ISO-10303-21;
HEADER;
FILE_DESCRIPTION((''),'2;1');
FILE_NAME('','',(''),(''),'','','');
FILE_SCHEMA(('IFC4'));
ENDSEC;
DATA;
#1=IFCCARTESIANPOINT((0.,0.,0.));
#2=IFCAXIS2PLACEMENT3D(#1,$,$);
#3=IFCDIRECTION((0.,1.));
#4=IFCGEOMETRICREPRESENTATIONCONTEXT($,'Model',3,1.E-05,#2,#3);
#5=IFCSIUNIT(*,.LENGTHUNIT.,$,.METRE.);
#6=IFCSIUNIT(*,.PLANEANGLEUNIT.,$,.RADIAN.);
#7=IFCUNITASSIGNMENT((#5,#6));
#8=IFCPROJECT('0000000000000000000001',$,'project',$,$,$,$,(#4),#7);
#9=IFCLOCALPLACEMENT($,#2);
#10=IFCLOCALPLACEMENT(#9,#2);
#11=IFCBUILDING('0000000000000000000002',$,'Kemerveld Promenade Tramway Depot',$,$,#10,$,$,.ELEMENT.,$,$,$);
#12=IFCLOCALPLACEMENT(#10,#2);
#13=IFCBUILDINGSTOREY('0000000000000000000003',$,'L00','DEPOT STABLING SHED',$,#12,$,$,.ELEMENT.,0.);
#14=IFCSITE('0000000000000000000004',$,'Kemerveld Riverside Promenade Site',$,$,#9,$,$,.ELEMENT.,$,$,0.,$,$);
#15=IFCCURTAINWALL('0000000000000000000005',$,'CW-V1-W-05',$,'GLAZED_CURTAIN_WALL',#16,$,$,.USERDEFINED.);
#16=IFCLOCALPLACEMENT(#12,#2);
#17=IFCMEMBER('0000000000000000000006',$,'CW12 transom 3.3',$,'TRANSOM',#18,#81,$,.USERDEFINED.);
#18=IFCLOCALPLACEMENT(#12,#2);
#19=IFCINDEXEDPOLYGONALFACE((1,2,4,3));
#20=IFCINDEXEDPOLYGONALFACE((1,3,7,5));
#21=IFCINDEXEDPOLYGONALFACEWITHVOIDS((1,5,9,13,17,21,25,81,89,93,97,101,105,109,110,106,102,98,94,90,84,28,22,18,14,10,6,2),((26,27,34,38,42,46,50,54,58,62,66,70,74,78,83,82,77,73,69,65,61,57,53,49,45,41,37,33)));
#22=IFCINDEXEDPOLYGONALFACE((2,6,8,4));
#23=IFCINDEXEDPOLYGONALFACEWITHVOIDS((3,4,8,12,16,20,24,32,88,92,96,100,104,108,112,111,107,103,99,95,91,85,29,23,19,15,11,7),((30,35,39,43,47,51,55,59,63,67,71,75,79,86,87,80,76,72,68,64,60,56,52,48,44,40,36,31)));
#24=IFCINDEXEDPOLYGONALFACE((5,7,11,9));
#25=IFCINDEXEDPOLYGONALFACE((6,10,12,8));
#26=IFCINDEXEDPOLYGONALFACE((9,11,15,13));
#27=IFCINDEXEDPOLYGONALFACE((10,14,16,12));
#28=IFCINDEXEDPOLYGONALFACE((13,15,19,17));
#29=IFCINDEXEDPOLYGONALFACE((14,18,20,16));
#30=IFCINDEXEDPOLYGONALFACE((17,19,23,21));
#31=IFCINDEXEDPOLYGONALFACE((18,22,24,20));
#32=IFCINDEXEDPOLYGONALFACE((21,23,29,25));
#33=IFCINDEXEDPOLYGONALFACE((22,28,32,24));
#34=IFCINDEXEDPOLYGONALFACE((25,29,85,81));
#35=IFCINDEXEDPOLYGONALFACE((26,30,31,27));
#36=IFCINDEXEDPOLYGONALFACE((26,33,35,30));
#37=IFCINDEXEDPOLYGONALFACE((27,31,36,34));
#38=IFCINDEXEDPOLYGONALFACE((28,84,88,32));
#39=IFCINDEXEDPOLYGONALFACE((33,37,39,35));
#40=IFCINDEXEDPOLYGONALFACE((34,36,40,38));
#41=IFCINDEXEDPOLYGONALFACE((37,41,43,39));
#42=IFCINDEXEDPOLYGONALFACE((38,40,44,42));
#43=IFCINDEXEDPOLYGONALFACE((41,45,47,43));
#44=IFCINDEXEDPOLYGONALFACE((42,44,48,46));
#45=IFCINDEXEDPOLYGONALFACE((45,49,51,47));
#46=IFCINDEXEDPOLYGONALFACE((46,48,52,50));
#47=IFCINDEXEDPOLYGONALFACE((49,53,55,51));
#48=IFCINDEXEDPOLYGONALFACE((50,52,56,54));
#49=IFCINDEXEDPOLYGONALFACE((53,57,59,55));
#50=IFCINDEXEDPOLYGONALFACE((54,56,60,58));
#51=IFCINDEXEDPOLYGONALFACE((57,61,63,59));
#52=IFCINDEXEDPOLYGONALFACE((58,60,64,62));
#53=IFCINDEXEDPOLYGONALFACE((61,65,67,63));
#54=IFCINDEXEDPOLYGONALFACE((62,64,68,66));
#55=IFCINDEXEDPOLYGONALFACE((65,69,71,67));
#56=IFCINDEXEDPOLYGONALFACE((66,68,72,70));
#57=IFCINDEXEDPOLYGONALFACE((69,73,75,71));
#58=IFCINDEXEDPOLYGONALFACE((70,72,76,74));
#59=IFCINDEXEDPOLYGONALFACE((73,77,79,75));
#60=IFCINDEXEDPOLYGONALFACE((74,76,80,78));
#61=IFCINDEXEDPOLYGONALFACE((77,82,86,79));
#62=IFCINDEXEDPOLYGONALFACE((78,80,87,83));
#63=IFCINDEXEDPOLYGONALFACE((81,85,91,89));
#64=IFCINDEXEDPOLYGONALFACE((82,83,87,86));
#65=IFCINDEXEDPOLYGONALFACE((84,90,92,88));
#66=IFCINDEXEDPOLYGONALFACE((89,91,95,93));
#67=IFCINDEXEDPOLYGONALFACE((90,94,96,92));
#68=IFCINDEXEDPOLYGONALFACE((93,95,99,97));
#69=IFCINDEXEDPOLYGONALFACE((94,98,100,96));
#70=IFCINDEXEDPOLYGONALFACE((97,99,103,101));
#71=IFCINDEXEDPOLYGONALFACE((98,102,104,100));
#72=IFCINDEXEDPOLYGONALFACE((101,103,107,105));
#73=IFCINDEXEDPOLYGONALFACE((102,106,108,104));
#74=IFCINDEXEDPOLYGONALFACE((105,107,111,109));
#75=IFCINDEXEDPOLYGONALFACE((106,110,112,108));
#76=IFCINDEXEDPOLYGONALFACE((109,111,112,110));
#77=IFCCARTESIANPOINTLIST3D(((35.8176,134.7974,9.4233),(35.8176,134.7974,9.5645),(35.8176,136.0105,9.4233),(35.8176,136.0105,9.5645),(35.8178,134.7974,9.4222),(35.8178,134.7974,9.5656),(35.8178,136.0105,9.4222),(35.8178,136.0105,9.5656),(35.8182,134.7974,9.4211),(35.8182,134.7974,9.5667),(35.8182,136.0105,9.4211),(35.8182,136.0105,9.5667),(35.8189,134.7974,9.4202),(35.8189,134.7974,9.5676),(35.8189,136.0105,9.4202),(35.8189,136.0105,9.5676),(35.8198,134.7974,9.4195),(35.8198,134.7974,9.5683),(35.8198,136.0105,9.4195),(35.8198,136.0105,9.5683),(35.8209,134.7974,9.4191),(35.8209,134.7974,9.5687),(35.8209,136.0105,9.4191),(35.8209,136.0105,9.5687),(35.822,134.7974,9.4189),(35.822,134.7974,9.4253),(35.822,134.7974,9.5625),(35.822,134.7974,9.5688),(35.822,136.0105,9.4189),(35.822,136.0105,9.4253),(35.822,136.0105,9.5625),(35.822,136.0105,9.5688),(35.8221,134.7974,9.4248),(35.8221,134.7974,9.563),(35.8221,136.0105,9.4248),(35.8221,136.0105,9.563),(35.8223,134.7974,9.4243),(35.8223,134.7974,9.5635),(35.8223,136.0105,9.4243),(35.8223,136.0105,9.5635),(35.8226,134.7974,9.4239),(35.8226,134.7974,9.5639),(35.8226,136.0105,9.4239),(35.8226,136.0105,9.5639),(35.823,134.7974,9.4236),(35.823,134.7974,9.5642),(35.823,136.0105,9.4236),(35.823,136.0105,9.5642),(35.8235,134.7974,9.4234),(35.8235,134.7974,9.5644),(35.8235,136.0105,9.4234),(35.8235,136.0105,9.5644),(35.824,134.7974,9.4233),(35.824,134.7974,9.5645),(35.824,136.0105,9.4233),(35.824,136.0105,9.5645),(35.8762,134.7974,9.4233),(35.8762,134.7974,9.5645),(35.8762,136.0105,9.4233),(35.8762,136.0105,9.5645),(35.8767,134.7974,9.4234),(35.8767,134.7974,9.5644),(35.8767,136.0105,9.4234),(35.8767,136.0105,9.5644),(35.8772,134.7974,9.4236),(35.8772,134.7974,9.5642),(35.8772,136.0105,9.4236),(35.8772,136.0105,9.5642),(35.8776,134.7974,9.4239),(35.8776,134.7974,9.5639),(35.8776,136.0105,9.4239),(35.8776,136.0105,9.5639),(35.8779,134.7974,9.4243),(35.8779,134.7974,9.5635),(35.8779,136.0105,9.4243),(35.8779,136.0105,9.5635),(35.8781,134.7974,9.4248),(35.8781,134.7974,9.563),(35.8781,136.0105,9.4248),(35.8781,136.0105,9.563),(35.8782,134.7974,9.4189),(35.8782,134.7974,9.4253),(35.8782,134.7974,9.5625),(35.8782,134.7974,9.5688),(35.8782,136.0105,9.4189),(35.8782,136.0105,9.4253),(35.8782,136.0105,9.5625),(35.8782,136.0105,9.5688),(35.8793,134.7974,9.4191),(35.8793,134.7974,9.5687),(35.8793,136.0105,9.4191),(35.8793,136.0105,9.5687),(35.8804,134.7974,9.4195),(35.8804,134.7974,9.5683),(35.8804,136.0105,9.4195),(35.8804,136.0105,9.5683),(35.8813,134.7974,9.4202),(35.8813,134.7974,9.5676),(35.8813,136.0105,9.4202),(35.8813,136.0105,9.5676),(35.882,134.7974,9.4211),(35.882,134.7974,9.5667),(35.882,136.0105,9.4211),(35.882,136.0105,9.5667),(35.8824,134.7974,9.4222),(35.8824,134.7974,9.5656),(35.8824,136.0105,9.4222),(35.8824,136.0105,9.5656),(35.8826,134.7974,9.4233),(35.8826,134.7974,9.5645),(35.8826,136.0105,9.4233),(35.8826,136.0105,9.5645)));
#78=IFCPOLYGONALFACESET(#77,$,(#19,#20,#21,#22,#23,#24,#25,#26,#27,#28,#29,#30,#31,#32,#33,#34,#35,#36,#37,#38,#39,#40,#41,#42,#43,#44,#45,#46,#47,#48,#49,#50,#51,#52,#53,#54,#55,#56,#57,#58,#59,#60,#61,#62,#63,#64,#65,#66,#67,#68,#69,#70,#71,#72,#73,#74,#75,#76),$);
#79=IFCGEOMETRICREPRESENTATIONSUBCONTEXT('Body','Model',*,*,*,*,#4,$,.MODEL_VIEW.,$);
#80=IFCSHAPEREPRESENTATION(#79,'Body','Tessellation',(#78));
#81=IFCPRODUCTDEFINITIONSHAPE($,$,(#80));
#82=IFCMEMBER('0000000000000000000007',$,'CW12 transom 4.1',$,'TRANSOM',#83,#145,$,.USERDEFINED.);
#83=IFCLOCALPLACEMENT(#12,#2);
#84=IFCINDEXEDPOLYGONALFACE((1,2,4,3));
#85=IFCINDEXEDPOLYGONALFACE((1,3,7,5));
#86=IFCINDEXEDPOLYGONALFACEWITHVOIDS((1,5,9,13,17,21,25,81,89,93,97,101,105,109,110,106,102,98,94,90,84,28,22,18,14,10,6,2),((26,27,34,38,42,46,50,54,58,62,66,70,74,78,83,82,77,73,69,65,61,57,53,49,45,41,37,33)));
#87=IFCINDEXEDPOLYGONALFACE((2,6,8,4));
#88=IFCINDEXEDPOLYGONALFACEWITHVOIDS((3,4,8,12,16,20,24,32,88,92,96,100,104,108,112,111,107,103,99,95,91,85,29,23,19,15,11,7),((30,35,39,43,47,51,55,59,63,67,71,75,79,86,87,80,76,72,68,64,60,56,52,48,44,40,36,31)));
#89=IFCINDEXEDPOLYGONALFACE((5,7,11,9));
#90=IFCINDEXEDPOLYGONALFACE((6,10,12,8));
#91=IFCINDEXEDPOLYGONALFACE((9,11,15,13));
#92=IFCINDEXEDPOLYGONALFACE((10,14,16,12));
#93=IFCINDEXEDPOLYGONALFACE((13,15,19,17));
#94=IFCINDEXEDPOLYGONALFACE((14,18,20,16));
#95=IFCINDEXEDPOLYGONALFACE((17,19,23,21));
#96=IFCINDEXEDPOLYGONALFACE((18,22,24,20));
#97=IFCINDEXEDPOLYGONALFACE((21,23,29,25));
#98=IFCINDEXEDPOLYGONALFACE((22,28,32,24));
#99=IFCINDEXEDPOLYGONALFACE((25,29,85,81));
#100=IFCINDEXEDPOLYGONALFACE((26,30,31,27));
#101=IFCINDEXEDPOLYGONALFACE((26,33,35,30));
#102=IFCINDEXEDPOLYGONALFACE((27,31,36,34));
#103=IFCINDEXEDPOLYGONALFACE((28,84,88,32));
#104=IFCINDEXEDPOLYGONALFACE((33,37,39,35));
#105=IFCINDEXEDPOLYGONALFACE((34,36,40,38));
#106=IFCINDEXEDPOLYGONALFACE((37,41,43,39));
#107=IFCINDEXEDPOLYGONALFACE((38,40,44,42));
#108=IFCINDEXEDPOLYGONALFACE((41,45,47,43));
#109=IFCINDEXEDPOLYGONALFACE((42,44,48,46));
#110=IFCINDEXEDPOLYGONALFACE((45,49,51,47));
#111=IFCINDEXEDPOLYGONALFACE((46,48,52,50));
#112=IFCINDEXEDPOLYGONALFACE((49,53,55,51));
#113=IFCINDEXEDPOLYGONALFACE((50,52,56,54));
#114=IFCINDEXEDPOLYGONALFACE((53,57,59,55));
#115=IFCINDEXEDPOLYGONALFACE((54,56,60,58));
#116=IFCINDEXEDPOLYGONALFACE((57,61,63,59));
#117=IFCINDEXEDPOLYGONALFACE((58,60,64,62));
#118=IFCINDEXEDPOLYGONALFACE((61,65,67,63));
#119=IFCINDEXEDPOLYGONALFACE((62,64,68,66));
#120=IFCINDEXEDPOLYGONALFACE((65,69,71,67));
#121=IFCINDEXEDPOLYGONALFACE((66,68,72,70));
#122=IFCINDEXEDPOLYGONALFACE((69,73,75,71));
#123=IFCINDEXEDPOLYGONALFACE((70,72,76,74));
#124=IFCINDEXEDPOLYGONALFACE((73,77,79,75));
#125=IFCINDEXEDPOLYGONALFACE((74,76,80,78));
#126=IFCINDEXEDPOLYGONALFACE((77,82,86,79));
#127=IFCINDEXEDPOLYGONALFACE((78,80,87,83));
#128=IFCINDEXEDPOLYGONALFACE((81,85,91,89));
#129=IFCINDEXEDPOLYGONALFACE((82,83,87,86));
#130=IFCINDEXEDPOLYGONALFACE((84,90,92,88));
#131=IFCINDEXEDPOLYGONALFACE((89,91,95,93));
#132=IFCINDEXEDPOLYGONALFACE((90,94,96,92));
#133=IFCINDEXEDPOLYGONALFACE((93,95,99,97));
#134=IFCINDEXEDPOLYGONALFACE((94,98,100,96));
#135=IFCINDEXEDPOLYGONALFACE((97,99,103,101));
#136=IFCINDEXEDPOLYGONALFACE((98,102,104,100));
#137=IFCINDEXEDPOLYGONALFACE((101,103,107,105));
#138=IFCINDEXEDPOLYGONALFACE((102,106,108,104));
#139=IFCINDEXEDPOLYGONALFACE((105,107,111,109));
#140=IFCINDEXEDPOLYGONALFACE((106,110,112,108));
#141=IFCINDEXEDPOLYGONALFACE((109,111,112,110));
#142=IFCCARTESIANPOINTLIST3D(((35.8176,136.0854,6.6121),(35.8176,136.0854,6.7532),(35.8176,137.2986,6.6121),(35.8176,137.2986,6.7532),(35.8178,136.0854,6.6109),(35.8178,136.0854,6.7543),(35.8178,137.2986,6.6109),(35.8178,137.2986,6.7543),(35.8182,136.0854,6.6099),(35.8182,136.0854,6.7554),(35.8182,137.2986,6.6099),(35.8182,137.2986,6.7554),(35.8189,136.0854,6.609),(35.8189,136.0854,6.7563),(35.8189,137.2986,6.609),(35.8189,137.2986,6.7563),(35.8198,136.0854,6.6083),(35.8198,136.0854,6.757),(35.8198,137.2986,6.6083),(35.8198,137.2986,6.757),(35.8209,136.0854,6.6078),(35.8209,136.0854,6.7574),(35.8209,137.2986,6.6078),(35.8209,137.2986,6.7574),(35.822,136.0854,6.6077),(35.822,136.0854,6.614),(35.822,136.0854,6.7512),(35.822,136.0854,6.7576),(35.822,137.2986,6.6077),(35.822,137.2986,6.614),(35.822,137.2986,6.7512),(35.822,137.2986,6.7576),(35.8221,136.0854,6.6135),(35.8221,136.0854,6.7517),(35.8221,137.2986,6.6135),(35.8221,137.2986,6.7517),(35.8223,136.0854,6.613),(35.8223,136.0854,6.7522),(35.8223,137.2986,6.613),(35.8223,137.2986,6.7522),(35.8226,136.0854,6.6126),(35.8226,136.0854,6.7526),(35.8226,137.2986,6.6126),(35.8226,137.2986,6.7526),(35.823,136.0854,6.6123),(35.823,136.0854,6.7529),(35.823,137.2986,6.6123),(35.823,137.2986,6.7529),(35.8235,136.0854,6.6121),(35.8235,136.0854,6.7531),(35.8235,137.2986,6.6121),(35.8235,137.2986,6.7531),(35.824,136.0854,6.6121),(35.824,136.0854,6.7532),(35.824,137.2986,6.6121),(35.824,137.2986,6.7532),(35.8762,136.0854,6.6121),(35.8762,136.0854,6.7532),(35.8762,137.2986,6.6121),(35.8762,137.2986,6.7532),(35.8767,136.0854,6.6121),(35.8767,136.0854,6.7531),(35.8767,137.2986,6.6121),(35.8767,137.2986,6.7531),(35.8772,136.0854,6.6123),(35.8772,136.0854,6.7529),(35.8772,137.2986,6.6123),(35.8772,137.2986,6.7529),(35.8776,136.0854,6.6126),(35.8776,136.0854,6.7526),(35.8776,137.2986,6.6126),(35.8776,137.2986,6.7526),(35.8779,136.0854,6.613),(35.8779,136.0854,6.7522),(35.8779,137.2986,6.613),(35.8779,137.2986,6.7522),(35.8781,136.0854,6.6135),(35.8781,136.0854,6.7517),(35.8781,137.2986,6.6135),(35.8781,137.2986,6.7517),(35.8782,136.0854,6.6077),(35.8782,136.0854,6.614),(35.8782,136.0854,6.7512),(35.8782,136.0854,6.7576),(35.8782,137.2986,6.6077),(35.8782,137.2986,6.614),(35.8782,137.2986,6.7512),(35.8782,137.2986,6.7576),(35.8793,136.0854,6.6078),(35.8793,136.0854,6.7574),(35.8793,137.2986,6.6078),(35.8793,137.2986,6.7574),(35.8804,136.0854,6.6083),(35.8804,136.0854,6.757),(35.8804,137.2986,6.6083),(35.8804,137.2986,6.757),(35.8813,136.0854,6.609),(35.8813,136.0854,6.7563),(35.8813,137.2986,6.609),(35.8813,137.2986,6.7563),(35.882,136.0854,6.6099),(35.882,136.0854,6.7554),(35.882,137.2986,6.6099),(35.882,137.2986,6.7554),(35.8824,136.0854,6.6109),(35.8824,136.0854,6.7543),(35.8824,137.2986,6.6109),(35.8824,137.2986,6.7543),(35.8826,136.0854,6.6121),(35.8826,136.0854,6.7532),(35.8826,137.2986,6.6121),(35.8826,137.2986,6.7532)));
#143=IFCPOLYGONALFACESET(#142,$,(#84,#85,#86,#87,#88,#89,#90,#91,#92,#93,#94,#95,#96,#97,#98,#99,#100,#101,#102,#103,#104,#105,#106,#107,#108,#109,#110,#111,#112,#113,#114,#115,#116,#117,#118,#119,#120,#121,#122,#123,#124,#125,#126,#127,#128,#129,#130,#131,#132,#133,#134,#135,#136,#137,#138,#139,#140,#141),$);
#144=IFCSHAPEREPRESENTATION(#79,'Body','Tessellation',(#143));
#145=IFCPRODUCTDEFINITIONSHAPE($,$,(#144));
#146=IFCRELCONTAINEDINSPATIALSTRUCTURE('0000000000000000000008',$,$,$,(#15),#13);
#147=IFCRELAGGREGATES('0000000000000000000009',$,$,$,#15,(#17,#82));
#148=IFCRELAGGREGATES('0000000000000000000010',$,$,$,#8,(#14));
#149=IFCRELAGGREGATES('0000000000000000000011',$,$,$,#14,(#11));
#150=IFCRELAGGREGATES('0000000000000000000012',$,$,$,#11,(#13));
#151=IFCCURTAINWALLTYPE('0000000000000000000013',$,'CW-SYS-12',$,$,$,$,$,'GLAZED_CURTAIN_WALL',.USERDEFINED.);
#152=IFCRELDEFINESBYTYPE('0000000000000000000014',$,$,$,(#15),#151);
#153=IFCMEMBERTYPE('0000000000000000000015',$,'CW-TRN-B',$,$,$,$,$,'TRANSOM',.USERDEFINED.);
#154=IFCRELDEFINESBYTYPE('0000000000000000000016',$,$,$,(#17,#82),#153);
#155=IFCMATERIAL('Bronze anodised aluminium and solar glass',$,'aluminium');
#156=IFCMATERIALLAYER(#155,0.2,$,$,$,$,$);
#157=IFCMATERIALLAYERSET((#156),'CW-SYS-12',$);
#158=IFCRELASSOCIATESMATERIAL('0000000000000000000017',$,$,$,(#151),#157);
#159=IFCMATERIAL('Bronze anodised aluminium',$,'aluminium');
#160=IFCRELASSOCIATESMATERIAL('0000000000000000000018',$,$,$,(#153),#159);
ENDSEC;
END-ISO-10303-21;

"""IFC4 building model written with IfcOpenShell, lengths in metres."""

from ifc_helpers import new_model, si_unit, direction, frame, origin, origin_2d, place, context, subcontext, project, spatial, hollow_rectangle, extrude, material, layer, layer_set, material_profile, profile_set, type_object, element, aggregate, save


model = new_model("IFC4")

# Units and contexts
model_context = context("Model", 3, precision=1e-05, world=origin(), true_north=direction((0.0, 1.0)))
body_context = subcontext(model_context, "Body", "Model", "MODEL_VIEW")
ifc_project = project(units=[si_unit("LENGTHUNIT", "METRE"), si_unit("PLANEANGLEUNIT", "RADIAN")], contexts=[model_context])

# Site, building, storey
site_placement = place(None, origin())
site = spatial("IfcSite", under=ifc_project, at=site_placement, Name="Kemerveld Riverside Promenade Site", CompositionType="ELEMENT", RefElevation=0.0)
building_placement = place(site_placement, origin())
building = spatial("IfcBuilding", under=site, at=building_placement, Name="Kemerveld Promenade Tramway Depot", CompositionType="ELEMENT")
storey_placement = place(building_placement, origin())
storey = spatial("IfcBuildingStorey", under=building, at=storey_placement, Name="L00", Description="DEPOT STABLING SHED", CompositionType="ELEMENT", Elevation=0.0)

# Curtain wall, members
ifc_material_1 = material(Name="Bronze anodised aluminium and solar glass", Category="aluminium")
ifc_layer_1 = layer(ifc_material_1, 0.2)
ifc_layer_set_1 = layer_set([ifc_layer_1], Name="CW-SYS-12")
curtain_wall_type = type_object("IfcCurtainWallType", Name="CW-SYS-12", ElementType="GLAZED_CURTAIN_WALL", PredefinedType="USERDEFINED", material=ifc_layer_set_1)
curtain_wall_placement = place(storey_placement, origin())
curtain_wall = element("IfcCurtainWall", 1, at=curtain_wall_placement, inside=storey, type_object=curtain_wall_type, Name="CW-V1-W-05", ObjectType="GLAZED_CURTAIN_WALL", PredefinedType="USERDEFINED")
ifc_material_2 = material(Name="Bronze anodised aluminium", Category="aluminium")
ifc_material_profile_1 = material_profile(ifc_material_2, hollow_rectangle(XDim=0.0649, YDim=0.1499, WallThickness=0.0044, InnerFilletRadius=0.002, OuterFilletRadius=0.0044, at=origin_2d()), Name="CW-TRN-150x65")
ifc_profile_set_1 = profile_set([ifc_material_profile_1], Name="Bronze anodised aluminium")
member_type_1 = type_object("IfcMemberType", Name="CW-TRN-B", ElementType="TRANSOM", PredefinedType="USERDEFINED", material=ifc_profile_set_1)
member_1_placement = place(storey_placement, frame((35.8501, 134.7974, 9.4939), z_axis=(0.0, 1.0, 0.0), x_axis=(-1.0, 0.0, 0.0)))
member_1 = element("IfcMember", 2, at=member_1_placement, type_object=member_type_1, Name="CW12 transom 3.3", ObjectType="TRANSOM", PredefinedType="USERDEFINED", context=body_context, shape_type="SweptSolid", body=[
    extrude(hollow_rectangle(XDim=0.0649, YDim=0.1499, WallThickness=0.0044, InnerFilletRadius=0.002, OuterFilletRadius=0.0044, at=origin_2d()), origin(), (0.0, 0.0, 1.0), 1.2131),
])
member_2_placement = place(storey_placement, frame((35.8501, 136.0854, 6.6826), z_axis=(0.0, 1.0, 0.0), x_axis=(-1.0, 0.0, 0.0)))
member_2 = element("IfcMember", 3, at=member_2_placement, type_object=member_type_1, Name="CW12 transom 4.1", ObjectType="TRANSOM", PredefinedType="USERDEFINED", context=body_context, shape_type="SweptSolid", body=[
    extrude(hollow_rectangle(XDim=0.0649, YDim=0.1499, WallThickness=0.0044, InnerFilletRadius=0.002, OuterFilletRadius=0.0044, at=origin_2d()), origin(), (0.0, 0.0, 1.0), 1.2131),
])
aggregate(curtain_wall, [member_1, member_2])

save(model, "model.ifc")
